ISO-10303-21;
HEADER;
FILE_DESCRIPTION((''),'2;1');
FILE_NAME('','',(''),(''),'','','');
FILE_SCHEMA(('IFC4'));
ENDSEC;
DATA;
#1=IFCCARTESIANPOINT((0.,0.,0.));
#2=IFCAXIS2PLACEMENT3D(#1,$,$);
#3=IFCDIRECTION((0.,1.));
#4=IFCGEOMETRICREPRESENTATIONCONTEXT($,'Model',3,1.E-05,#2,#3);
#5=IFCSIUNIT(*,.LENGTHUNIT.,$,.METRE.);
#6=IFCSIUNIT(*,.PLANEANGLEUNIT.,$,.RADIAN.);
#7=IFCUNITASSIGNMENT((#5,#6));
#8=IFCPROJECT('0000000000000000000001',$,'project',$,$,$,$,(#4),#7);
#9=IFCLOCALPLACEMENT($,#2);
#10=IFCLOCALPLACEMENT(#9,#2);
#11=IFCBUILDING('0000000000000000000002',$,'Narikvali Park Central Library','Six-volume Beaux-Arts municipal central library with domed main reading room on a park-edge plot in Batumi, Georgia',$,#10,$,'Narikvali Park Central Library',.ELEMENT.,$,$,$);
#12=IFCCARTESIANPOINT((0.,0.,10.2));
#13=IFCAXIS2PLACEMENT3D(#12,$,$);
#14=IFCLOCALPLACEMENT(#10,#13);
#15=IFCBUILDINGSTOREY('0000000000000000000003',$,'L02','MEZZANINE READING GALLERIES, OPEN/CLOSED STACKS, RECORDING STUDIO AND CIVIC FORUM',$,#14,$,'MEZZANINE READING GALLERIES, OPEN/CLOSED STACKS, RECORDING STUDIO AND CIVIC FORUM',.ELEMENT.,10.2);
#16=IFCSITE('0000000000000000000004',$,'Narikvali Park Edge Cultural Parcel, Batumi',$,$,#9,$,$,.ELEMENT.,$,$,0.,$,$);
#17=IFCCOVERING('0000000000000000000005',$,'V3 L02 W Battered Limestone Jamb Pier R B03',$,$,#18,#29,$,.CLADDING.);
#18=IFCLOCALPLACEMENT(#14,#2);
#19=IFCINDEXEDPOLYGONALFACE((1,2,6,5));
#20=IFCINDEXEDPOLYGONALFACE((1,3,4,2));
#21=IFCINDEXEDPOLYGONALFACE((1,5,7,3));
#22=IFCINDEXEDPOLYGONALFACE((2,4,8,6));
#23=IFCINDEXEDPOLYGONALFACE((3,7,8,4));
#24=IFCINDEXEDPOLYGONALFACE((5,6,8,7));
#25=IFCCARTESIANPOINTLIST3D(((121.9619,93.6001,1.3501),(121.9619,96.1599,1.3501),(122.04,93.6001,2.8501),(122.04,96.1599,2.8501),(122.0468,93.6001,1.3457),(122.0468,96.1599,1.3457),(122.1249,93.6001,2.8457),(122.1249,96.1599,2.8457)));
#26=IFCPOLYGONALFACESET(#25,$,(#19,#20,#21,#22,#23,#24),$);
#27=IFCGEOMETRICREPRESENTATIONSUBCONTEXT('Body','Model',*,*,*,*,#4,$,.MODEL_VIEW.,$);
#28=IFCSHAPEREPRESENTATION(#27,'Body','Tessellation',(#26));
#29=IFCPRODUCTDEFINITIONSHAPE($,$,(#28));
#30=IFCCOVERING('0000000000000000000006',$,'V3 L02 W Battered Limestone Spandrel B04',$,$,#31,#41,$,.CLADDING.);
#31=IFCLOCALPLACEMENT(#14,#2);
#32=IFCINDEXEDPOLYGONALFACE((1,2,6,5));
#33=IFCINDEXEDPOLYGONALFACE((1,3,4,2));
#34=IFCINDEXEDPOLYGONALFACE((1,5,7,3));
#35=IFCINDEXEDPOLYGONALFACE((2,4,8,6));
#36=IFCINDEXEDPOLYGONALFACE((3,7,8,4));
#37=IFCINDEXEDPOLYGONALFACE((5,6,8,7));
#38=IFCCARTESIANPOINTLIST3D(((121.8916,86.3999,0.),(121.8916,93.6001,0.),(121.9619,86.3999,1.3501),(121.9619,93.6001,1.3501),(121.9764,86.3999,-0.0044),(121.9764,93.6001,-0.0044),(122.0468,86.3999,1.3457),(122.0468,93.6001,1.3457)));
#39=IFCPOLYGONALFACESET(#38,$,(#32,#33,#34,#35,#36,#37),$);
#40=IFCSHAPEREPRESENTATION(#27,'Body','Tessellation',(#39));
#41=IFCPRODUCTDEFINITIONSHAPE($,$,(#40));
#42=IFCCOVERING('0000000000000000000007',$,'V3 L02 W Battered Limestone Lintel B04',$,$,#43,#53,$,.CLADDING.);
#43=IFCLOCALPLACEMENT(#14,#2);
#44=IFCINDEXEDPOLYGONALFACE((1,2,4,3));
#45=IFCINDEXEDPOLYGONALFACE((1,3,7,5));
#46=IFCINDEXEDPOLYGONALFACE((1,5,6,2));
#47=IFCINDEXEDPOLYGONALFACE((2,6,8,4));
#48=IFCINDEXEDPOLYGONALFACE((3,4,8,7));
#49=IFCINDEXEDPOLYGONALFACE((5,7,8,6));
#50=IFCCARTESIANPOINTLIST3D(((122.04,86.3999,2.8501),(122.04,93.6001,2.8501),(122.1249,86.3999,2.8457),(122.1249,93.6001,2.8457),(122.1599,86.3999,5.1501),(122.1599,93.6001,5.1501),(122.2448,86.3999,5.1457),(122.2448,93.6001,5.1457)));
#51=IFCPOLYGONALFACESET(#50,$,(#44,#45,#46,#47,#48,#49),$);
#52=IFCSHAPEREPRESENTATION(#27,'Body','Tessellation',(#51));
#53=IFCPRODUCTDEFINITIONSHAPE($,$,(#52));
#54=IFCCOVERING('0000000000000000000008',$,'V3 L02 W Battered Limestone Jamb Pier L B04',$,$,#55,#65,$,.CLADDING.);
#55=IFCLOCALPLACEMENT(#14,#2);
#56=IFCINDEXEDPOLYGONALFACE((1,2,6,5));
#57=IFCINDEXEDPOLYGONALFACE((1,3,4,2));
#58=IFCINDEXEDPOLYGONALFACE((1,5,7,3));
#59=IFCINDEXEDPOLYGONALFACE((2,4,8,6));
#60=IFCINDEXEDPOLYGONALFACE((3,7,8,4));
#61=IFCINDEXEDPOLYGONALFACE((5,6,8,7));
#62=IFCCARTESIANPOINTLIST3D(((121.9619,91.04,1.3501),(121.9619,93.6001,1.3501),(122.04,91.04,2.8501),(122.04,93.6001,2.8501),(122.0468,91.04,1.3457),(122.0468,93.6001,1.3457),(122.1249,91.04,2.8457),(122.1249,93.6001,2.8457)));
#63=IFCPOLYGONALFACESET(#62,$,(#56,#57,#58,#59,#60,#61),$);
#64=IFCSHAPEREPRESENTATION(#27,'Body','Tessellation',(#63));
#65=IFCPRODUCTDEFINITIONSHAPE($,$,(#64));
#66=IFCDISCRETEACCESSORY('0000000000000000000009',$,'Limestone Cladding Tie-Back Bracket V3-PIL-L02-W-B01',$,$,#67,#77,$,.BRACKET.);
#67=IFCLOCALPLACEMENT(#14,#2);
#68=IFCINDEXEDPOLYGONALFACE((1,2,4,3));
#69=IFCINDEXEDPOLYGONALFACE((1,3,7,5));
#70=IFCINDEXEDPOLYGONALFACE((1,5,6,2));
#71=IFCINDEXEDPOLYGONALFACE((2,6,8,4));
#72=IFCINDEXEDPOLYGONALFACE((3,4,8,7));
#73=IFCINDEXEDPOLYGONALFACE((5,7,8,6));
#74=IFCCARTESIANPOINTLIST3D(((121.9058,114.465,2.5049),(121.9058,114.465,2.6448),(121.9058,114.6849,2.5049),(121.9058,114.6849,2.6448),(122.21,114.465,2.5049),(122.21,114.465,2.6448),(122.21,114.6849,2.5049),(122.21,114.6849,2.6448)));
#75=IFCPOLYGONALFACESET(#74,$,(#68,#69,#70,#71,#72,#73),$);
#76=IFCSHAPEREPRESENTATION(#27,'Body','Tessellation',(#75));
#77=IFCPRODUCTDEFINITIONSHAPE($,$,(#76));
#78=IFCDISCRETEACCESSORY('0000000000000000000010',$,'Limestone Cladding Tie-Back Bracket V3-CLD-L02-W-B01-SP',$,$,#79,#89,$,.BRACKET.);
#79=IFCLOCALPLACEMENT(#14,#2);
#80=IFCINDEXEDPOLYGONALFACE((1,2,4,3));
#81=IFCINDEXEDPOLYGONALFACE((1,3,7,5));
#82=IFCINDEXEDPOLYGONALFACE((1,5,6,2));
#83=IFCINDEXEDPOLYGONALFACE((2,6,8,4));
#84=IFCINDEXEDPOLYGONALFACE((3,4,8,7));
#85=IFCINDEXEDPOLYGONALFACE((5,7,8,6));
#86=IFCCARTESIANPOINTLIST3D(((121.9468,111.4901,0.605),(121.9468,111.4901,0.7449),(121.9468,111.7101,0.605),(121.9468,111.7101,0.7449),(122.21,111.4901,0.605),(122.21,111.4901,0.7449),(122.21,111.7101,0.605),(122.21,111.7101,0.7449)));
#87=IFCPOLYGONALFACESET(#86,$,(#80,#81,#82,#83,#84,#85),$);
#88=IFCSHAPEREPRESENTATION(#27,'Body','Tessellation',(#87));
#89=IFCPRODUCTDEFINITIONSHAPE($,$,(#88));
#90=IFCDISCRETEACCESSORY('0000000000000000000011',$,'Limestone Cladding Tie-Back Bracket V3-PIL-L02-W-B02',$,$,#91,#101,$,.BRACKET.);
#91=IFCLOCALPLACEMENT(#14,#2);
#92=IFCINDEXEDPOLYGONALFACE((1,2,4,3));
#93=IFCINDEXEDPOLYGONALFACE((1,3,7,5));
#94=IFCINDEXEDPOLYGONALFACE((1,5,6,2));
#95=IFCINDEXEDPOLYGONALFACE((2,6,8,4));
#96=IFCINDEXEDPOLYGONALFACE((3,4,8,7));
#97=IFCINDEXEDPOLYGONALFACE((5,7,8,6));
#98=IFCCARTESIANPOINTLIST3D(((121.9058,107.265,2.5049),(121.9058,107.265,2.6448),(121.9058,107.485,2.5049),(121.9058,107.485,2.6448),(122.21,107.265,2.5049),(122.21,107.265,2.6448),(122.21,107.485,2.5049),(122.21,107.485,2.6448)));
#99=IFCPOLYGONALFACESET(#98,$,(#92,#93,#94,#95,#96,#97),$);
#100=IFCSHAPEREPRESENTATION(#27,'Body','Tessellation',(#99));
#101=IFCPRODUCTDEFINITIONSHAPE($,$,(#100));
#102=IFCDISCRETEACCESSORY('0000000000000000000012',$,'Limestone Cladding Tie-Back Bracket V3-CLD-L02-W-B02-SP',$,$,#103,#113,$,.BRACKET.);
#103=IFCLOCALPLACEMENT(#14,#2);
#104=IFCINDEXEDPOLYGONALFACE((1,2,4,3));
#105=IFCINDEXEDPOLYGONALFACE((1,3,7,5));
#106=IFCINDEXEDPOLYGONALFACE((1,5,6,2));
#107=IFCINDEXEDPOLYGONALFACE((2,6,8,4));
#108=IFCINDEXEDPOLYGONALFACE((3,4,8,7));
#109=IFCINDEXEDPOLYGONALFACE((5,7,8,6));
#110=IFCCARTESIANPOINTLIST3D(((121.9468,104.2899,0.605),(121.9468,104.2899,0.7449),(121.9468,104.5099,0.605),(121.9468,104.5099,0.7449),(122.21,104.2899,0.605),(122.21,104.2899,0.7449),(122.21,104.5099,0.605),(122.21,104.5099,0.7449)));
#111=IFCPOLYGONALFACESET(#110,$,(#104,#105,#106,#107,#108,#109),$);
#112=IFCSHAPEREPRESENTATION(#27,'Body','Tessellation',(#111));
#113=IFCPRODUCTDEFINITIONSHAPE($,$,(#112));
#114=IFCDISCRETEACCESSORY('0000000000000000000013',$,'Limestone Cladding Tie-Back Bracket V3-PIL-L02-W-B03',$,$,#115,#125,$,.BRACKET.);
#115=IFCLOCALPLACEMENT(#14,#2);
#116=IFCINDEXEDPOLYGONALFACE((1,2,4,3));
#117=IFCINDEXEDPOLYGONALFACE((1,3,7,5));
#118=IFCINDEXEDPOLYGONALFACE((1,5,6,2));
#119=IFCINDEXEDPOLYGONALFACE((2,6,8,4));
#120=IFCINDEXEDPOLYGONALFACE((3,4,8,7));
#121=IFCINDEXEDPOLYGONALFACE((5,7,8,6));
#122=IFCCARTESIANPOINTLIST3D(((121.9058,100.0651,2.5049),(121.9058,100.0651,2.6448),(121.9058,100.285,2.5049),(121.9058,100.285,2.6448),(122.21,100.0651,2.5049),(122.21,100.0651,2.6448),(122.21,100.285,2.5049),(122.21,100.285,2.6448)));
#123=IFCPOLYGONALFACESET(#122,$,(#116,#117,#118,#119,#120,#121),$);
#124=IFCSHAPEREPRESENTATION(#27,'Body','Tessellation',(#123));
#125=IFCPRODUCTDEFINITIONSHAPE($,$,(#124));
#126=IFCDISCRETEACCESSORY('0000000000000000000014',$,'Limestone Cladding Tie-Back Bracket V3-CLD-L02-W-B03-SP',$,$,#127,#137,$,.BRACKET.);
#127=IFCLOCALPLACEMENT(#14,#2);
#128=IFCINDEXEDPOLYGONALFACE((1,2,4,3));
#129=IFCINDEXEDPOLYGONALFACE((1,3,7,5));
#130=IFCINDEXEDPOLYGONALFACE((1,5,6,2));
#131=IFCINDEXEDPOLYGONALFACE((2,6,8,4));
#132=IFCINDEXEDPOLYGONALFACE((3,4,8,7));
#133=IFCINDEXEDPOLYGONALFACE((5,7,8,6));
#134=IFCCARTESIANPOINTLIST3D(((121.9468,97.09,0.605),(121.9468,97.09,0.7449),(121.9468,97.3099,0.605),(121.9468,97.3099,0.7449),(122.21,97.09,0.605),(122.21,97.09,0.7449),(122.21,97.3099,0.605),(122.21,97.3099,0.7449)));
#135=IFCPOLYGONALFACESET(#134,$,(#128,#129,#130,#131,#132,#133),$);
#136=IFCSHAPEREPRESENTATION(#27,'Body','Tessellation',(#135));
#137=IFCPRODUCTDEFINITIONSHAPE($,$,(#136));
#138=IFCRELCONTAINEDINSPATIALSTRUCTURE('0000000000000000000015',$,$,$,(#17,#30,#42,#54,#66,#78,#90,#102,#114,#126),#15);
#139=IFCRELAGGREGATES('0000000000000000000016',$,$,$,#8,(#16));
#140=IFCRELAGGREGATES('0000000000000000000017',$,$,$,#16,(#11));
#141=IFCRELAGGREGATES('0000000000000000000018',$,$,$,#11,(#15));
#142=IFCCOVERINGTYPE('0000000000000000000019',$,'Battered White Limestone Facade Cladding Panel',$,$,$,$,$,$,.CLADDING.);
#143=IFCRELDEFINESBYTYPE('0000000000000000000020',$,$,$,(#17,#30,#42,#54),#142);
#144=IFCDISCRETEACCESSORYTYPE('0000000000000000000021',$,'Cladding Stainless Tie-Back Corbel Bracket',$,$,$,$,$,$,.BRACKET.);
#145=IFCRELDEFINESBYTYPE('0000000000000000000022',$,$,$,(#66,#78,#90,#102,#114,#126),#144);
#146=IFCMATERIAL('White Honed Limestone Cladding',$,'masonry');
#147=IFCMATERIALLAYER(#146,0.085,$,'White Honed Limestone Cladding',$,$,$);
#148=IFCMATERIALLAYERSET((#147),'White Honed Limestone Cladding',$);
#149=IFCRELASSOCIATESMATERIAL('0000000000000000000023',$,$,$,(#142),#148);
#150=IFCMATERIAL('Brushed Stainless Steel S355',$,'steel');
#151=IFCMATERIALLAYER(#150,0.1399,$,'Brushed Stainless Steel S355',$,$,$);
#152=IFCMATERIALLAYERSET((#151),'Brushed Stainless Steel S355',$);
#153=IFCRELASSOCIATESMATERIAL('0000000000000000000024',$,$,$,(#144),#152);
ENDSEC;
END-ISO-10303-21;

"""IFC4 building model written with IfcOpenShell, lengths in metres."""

from ifc_helpers import new_model, si_unit, direction, frame, origin, origin_2d, place, context, subcontext, project, spatial, polyline, rectangle, outline, extrude, material, layer, layer_set, type_object, element, save


model = new_model("IFC4")

# Units and contexts
model_context = context("Model", 3, precision=1e-05, world=origin(), true_north=direction((0.0, 1.0)))
body_context = subcontext(model_context, "Body", "Model", "MODEL_VIEW")
ifc_project = project(units=[si_unit("LENGTHUNIT", "METRE"), si_unit("PLANEANGLEUNIT", "RADIAN")], contexts=[model_context])

# Site, building, storey
site_placement = place(None, origin())
site = spatial("IfcSite", under=ifc_project, at=site_placement, Name="Narikvali Park Edge Cultural Parcel, Batumi", CompositionType="ELEMENT", RefElevation=0.0)
building_placement = place(site_placement, origin())
building = spatial("IfcBuilding", under=site, at=building_placement, Name="Narikvali Park Central Library", Description="Six-volume Beaux-Arts municipal central library with domed main reading room on a park-edge plot in Batumi, Georgia", LongName="Narikvali Park Central Library", CompositionType="ELEMENT")
storey_placement = place(building_placement, frame((0.0, 0.0, 10.2)))
storey = spatial("IfcBuildingStorey", under=building, at=storey_placement, Name="L02", Description="MEZZANINE READING GALLERIES, OPEN/CLOSED STACKS, RECORDING STUDIO AND CIVIC FORUM", LongName="MEZZANINE READING GALLERIES, OPEN/CLOSED STACKS, RECORDING STUDIO AND CIVIC FORUM", CompositionType="ELEMENT", Elevation=10.2)

# Coverings
ifc_material_1 = material(Name="White Honed Limestone Cladding", Category="masonry")
ifc_layer_1 = layer(ifc_material_1, 0.085, Name="White Honed Limestone Cladding")
ifc_layer_set_1 = layer_set([ifc_layer_1], Name="White Honed Limestone Cladding")
covering_type = type_object("IfcCoveringType", Name="Battered White Limestone Facade Cladding Panel", PredefinedType="CLADDING", material=ifc_layer_set_1)
covering_1_placement = place(storey_placement, frame((121.9619, 96.1599, 1.3501), z_axis=(-0.998646, 0.0, 0.052013), x_axis=(0.0, -1.0, 0.0)))
element("IfcCovering", 1, at=covering_1_placement, inside=storey, type_object=covering_type, Name="V3 L02 W Battered Limestone Jamb Pier R B03", PredefinedType="CLADDING", context=body_context, shape_type="SweptSolid", body=[
    extrude(outline(polyline([(0.0, 0.0), (2.5598, 0.0), (2.5598, 1.502), (0.0, 1.502), (0.0, 0.0)])), origin(), (0.0, 0.0, -1.0), 0.085),
])
covering_2_placement = place(storey_placement, frame((121.8916, 93.6001, 0.0), z_axis=(-0.998647, 0.0, 0.052009), x_axis=(0.0, -1.0, 0.0)))
element("IfcCovering", 2, at=covering_2_placement, inside=storey, type_object=covering_type, Name="V3 L02 W Battered Limestone Spandrel B04", PredefinedType="CLADDING", context=body_context, shape_type="SweptSolid", body=[
    extrude(outline(polyline([(0.0, 0.0), (7.2002, 0.0), (7.2002, 1.3519), (0.0, 1.3519), (0.0, 0.0)])), origin(), (0.0, 0.0, -1.0), 0.085),
])
covering_3_placement = place(storey_placement, frame((122.04, 93.6001, 2.8501), z_axis=(-0.998645, 0.0, 0.052047), x_axis=(0.0, -1.0, 0.0)))
element("IfcCovering", 3, at=covering_3_placement, inside=storey, type_object=covering_type, Name="V3 L02 W Battered Limestone Lintel B04", PredefinedType="CLADDING", context=body_context, shape_type="SweptSolid", body=[
    extrude(outline(polyline([(0.0, 0.0), (7.2002, 0.0), (7.2002, 2.3032), (0.0, 2.3032), (0.0, 0.0)])), origin(), (0.0, 0.0, -1.0), 0.085),
])
covering_4_placement = place(storey_placement, frame((121.9619, 93.6001, 1.3501), z_axis=(-0.998646, 0.0, 0.052013), x_axis=(0.0, -1.0, 0.0)))
element("IfcCovering", 4, at=covering_4_placement, inside=storey, type_object=covering_type, Name="V3 L02 W Battered Limestone Jamb Pier L B04", PredefinedType="CLADDING", context=body_context, shape_type="SweptSolid", body=[
    extrude(outline(polyline([(0.0, 0.0), (2.5601, 0.0), (2.5601, 1.502), (0.0, 1.502), (0.0, 0.0)])), origin(), (0.0, 0.0, -1.0), 0.085),
])

# Discrete accessories
ifc_material_2 = material(Name="Brushed Stainless Steel S355", Category="steel")
ifc_layer_2 = layer(ifc_material_2, 0.1399, Name="Brushed Stainless Steel S355")
ifc_layer_set_2 = layer_set([ifc_layer_2], Name="Brushed Stainless Steel S355")
discrete_accessory_type = type_object("IfcDiscreteAccessoryType", Name="Cladding Stainless Tie-Back Corbel Bracket", PredefinedType="BRACKET", material=ifc_layer_set_2)
discrete_accessory_1_placement = place(storey_placement, frame((122.0579, 114.575, 2.5049), z_axis=(0.0, 0.0, 1.0), x_axis=(1.0, 0.0, 0.0)))
element("IfcDiscreteAccessory", 5, at=discrete_accessory_1_placement, inside=storey, type_object=discrete_accessory_type, Name="Limestone Cladding Tie-Back Bracket V3-PIL-L02-W-B01", PredefinedType="BRACKET", context=body_context, shape_type="SweptSolid", body=[
    extrude(rectangle(XDim=0.3042, YDim=0.22, at=origin_2d()), origin(), (0.0, 0.0, 1.0), 0.1399),
])
discrete_accessory_2_placement = place(storey_placement, frame((122.0784, 111.6001, 0.605), z_axis=(0.0, 0.0, 1.0), x_axis=(1.0, 0.0, 0.0)))
element("IfcDiscreteAccessory", 6, at=discrete_accessory_2_placement, inside=storey, type_object=discrete_accessory_type, Name="Limestone Cladding Tie-Back Bracket V3-CLD-L02-W-B01-SP", PredefinedType="BRACKET", context=body_context, shape_type="SweptSolid", body=[
    extrude(rectangle(XDim=0.2632, YDim=0.22, at=origin_2d()), origin(), (0.0, 0.0, 1.0), 0.1399),
])
discrete_accessory_3_placement = place(storey_placement, frame((122.0579, 107.375, 2.5049), z_axis=(0.0, 0.0, 1.0), x_axis=(1.0, 0.0, 0.0)))
element("IfcDiscreteAccessory", 7, at=discrete_accessory_3_placement, inside=storey, type_object=discrete_accessory_type, Name="Limestone Cladding Tie-Back Bracket V3-PIL-L02-W-B02", PredefinedType="BRACKET", context=body_context, shape_type="SweptSolid", body=[
    extrude(rectangle(XDim=0.3042, YDim=0.22, at=origin_2d()), origin(), (0.0, 0.0, 1.0), 0.1399),
])
discrete_accessory_4_placement = place(storey_placement, frame((122.0784, 104.3999, 0.605), z_axis=(0.0, 0.0, 1.0), x_axis=(1.0, 0.0, 0.0)))
element("IfcDiscreteAccessory", 8, at=discrete_accessory_4_placement, inside=storey, type_object=discrete_accessory_type, Name="Limestone Cladding Tie-Back Bracket V3-CLD-L02-W-B02-SP", PredefinedType="BRACKET", context=body_context, shape_type="SweptSolid", body=[
    extrude(rectangle(XDim=0.2632, YDim=0.22, at=origin_2d()), origin(), (0.0, 0.0, 1.0), 0.1399),
])
discrete_accessory_5_placement = place(storey_placement, frame((122.0579, 100.175, 2.5049), z_axis=(0.0, 0.0, 1.0), x_axis=(1.0, 0.0, 0.0)))
element("IfcDiscreteAccessory", 9, at=discrete_accessory_5_placement, inside=storey, type_object=discrete_accessory_type, Name="Limestone Cladding Tie-Back Bracket V3-PIL-L02-W-B03", PredefinedType="BRACKET", context=body_context, shape_type="SweptSolid", body=[
    extrude(rectangle(XDim=0.3042, YDim=0.22, at=origin_2d()), origin(), (0.0, 0.0, 1.0), 0.1399),
])
discrete_accessory_6_placement = place(storey_placement, frame((122.0784, 97.2, 0.605), z_axis=(0.0, 0.0, 1.0), x_axis=(1.0, 0.0, 0.0)))
element("IfcDiscreteAccessory", 10, at=discrete_accessory_6_placement, inside=storey, type_object=discrete_accessory_type, Name="Limestone Cladding Tie-Back Bracket V3-CLD-L02-W-B03-SP", PredefinedType="BRACKET", context=body_context, shape_type="SweptSolid", body=[
    extrude(rectangle(XDim=0.2632, YDim=0.22, at=origin_2d()), origin(), (0.0, 0.0, 1.0), 0.1399),
])

save(model, "model.ifc")
